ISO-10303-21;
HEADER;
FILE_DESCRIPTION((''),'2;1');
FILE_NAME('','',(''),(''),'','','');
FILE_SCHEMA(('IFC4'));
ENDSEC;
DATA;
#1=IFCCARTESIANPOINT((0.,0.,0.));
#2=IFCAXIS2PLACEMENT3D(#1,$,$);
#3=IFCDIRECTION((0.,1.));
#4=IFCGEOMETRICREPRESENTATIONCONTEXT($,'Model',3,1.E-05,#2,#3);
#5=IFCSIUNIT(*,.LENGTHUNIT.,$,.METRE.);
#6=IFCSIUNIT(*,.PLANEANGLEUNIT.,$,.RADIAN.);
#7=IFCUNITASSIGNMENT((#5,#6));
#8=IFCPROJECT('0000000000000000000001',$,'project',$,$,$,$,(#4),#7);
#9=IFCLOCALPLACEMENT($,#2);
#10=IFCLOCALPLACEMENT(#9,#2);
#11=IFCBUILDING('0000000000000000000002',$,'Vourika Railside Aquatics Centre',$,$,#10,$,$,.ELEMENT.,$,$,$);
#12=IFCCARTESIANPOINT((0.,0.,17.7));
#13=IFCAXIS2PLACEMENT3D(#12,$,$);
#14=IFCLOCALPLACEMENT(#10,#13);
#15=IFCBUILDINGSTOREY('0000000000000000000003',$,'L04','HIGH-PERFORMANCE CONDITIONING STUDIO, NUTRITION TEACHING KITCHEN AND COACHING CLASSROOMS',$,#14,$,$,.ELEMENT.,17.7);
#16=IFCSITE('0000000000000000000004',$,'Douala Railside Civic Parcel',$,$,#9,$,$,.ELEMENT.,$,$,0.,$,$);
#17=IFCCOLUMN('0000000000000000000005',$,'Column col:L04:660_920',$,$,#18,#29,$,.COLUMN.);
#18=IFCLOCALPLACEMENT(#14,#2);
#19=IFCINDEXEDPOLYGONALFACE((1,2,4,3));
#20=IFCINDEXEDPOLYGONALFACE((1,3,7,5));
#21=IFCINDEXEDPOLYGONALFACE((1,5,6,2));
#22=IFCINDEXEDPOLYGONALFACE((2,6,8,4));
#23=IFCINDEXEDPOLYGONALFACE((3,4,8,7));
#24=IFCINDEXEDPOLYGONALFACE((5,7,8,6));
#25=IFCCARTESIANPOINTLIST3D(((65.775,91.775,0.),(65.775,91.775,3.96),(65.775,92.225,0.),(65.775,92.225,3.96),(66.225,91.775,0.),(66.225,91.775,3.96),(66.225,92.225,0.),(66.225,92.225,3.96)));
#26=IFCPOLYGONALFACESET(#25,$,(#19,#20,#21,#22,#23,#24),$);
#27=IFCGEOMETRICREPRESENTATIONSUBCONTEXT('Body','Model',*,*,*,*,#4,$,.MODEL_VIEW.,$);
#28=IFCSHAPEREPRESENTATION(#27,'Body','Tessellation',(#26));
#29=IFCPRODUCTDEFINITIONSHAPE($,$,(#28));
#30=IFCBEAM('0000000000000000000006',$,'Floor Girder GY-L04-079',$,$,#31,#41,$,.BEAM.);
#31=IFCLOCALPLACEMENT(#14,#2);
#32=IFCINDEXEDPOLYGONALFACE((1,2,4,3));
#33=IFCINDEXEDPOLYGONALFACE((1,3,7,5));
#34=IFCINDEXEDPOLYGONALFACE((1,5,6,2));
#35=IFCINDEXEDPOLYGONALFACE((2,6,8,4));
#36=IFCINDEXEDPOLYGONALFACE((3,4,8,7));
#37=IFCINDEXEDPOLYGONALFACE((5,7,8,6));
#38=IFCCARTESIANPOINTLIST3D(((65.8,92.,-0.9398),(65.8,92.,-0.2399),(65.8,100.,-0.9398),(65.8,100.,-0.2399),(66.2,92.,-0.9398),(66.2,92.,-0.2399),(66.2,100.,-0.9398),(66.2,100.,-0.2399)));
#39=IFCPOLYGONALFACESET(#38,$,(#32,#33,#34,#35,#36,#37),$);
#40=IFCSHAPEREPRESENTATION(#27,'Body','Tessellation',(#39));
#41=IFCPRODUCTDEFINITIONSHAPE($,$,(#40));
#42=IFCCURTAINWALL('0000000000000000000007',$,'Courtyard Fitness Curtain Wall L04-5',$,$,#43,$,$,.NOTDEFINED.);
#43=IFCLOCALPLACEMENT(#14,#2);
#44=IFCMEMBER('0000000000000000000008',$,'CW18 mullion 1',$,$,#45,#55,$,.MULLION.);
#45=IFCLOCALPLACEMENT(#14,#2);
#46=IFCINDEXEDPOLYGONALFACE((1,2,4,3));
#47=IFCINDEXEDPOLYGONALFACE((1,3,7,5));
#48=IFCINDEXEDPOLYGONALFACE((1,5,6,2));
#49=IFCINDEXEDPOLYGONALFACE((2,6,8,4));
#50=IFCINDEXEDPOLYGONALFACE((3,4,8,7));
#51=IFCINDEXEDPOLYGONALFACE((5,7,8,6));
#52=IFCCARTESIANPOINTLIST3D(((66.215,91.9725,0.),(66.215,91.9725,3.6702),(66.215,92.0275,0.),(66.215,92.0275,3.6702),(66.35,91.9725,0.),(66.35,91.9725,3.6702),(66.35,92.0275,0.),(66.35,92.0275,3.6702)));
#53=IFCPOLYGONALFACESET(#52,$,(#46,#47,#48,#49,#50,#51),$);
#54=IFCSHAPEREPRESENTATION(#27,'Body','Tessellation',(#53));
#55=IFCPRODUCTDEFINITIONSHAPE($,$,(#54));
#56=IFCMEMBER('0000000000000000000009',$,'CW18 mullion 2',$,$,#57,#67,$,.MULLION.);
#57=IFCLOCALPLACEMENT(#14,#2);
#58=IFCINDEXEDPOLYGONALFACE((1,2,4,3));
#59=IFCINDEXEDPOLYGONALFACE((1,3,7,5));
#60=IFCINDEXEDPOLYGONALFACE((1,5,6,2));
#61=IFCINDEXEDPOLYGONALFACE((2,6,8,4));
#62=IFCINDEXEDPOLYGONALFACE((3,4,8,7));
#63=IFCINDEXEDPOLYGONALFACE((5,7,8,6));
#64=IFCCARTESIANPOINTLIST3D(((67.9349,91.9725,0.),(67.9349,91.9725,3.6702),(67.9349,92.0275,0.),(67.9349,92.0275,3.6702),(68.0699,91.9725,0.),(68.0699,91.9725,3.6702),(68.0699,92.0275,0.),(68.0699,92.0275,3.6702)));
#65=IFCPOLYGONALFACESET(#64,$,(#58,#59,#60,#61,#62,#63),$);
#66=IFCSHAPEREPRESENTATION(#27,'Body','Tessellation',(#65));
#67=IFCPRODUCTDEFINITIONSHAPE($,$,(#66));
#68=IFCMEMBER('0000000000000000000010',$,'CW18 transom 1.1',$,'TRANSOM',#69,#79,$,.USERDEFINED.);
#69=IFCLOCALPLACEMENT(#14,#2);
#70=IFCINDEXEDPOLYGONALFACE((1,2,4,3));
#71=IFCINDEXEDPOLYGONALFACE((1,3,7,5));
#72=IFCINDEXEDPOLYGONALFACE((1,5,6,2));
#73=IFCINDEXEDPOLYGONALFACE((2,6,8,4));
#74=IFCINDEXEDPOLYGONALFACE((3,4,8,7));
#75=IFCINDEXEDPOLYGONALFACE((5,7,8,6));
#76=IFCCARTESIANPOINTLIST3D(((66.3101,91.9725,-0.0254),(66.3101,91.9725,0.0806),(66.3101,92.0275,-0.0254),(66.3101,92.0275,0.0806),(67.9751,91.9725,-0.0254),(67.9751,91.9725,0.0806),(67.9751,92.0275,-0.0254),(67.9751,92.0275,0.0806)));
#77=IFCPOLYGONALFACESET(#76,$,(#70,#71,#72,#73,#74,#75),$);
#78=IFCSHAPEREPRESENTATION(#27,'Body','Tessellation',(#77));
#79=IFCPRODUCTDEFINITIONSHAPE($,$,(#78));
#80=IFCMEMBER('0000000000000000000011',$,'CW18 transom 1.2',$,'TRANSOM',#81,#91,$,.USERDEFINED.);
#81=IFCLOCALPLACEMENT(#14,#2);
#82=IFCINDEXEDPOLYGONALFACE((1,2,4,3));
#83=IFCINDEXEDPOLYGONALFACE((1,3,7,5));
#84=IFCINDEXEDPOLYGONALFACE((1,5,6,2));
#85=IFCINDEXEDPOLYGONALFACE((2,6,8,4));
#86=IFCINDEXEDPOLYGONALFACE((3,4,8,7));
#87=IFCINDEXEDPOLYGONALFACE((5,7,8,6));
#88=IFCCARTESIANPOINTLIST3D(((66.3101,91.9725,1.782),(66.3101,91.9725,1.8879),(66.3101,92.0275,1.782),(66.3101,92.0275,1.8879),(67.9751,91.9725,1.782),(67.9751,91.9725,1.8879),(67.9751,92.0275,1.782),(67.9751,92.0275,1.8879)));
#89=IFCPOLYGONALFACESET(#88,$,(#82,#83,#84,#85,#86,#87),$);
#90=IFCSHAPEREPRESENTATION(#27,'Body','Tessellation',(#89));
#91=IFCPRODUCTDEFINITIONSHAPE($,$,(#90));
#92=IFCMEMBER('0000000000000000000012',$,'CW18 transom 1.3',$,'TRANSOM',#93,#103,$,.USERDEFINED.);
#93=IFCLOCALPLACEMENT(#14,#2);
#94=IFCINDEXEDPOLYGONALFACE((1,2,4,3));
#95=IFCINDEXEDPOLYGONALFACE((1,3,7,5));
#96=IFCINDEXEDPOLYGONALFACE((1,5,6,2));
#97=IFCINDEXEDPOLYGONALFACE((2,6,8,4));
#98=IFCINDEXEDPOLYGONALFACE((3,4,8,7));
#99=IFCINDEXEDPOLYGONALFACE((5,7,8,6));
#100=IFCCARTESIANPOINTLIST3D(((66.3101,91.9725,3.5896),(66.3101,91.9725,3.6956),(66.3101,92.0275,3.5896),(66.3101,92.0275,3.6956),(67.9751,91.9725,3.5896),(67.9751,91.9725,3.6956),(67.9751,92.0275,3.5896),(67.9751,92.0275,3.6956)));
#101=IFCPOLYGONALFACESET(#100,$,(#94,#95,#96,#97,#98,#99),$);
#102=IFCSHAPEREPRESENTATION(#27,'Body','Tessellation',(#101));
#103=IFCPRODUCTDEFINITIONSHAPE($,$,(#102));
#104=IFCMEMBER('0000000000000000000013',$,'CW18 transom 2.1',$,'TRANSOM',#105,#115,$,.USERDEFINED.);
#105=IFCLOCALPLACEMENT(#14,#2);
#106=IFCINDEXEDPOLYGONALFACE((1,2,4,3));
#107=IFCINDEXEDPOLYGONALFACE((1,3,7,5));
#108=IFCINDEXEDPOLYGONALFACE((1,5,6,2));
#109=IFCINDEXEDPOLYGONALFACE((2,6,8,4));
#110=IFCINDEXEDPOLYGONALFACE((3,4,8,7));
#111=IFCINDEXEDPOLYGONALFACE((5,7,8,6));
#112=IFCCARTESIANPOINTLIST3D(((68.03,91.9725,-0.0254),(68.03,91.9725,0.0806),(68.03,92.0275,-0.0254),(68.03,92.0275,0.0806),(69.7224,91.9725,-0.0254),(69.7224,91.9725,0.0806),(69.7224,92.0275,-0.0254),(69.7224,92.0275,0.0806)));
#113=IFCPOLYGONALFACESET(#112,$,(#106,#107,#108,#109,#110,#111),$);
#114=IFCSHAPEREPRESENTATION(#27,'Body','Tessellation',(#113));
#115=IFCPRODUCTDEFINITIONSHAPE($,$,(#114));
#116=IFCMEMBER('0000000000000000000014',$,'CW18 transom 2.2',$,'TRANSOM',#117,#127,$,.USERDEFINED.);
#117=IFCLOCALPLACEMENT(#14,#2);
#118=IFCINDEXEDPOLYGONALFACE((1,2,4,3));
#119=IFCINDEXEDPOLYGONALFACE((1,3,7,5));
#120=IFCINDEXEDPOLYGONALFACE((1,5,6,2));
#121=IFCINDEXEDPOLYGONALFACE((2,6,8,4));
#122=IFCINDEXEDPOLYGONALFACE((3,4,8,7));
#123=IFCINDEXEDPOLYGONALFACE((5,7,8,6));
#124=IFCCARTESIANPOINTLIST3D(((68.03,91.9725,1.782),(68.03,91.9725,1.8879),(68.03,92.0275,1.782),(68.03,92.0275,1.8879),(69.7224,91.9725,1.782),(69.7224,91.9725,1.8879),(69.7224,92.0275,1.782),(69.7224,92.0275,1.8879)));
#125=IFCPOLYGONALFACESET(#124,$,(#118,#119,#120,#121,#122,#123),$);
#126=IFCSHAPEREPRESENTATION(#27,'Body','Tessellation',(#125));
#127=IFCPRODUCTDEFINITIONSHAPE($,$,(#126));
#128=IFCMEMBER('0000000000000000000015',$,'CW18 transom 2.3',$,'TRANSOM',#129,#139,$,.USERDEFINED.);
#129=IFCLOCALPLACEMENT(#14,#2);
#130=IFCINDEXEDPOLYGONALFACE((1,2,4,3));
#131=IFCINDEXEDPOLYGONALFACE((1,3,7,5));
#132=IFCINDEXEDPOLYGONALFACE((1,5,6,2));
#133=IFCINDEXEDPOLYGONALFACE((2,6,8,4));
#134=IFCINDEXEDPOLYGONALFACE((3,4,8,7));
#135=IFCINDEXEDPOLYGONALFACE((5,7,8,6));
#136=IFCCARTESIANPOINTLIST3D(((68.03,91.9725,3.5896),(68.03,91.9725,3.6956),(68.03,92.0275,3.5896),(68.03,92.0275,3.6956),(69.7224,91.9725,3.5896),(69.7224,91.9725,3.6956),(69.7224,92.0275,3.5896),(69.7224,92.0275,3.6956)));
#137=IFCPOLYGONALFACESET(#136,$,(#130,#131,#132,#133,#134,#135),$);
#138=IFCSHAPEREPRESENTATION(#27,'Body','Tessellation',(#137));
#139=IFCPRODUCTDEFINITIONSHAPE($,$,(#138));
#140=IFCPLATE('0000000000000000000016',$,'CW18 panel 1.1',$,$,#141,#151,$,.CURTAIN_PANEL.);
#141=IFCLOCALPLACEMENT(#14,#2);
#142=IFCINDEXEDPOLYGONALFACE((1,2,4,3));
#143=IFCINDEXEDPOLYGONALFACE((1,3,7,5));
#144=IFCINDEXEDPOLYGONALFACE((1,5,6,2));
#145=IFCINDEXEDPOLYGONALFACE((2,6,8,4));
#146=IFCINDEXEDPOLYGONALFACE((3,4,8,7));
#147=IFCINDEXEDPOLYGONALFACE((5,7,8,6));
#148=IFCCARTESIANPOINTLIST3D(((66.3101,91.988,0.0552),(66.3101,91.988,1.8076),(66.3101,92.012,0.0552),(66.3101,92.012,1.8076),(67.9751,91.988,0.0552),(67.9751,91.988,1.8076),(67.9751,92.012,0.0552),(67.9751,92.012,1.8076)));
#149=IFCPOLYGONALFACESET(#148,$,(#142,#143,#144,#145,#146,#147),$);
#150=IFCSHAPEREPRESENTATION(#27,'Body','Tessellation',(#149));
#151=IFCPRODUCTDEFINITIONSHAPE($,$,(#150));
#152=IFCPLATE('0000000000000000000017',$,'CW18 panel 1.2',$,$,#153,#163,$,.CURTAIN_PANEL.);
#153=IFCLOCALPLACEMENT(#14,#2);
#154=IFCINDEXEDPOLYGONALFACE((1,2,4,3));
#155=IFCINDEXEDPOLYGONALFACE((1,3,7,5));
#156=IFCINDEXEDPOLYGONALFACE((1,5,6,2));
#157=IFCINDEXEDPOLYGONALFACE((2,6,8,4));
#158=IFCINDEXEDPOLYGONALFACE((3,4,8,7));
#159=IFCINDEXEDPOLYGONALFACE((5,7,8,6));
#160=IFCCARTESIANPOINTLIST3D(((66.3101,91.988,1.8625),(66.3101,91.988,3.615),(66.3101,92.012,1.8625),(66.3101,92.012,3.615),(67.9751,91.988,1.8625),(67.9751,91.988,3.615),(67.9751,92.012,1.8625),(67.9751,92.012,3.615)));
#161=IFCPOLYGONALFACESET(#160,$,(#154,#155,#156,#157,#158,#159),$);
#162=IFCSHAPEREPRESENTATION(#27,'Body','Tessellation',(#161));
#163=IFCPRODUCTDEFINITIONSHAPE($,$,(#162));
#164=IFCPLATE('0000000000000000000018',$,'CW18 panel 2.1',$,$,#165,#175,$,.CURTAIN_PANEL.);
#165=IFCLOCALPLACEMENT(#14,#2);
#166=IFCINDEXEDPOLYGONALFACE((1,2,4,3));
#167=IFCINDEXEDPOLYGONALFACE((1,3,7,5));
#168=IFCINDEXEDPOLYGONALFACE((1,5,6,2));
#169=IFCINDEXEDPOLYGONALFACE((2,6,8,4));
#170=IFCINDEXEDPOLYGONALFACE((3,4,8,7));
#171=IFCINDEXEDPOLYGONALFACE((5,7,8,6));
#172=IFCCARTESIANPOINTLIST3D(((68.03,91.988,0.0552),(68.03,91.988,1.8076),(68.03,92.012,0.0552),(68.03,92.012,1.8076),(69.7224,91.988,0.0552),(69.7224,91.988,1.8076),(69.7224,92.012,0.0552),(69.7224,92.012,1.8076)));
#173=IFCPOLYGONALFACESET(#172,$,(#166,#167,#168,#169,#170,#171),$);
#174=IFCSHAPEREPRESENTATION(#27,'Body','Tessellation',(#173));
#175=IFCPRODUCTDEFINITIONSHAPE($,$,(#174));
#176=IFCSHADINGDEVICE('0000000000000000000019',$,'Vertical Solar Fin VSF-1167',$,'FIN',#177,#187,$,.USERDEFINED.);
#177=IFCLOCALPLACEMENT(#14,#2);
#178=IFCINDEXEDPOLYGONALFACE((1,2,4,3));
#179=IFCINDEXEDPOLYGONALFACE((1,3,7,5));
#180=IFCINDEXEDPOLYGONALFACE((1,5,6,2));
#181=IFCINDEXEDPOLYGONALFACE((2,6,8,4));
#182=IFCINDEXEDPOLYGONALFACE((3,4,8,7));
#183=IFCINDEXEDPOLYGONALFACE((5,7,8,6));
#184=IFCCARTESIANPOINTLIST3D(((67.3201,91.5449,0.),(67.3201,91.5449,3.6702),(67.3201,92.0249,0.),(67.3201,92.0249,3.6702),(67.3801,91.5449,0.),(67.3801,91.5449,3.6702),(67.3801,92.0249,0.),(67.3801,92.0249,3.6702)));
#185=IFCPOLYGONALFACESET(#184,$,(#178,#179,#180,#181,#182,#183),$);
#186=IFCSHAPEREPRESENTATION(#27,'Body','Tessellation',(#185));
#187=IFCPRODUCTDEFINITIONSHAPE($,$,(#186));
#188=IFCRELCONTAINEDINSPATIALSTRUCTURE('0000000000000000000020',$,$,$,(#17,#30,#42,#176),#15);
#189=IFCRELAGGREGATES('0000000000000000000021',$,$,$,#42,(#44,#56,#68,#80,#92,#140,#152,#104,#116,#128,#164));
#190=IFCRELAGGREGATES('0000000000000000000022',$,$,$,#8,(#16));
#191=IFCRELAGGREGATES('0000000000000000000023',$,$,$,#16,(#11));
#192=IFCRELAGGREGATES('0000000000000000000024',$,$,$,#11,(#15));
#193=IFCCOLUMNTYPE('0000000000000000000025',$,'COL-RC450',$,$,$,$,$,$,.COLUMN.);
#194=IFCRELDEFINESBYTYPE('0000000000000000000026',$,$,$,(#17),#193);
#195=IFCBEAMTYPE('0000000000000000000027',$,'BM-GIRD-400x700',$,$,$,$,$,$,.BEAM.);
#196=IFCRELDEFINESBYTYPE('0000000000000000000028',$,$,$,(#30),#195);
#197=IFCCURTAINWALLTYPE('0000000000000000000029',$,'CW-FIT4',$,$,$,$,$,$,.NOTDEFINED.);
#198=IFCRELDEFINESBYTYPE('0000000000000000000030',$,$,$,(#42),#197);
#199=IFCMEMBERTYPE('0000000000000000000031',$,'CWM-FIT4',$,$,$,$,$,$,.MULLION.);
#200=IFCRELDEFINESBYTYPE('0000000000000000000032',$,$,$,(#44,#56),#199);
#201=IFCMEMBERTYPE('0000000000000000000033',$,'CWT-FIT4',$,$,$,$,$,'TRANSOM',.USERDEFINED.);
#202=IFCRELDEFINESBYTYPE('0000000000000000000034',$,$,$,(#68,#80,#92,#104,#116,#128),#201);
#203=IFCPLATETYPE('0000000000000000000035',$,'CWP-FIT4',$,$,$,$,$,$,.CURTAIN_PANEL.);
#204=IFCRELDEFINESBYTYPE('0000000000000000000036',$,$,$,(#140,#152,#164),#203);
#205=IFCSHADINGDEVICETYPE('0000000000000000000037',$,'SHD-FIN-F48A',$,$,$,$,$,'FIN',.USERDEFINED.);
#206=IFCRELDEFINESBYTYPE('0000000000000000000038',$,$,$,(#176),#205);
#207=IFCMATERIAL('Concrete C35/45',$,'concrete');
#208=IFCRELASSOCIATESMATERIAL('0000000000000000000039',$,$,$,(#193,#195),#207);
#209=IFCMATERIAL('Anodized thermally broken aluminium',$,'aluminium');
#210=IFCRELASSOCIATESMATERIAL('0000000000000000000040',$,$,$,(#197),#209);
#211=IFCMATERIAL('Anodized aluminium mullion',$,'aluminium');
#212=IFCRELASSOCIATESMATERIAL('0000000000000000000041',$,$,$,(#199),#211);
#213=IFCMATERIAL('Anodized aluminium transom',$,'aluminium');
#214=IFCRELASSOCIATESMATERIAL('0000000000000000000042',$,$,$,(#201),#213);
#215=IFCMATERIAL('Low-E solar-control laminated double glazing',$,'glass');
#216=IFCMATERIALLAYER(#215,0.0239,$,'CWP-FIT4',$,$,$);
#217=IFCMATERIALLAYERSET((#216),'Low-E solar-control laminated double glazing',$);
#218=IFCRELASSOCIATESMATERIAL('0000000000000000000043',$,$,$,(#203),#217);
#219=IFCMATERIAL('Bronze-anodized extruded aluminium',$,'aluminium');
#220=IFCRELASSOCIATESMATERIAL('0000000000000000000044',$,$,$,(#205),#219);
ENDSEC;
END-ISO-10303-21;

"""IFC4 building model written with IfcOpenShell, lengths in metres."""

from ifc_helpers import new_model, si_unit, direction, frame, origin, origin_2d, place, context, subcontext, project, spatial, rectangle, extrude, material, layer, layer_set, material_profile, profile_set, type_object, element, aggregate, save


model = new_model("IFC4")

# Units and contexts
model_context = context("Model", 3, precision=1e-05, world=origin(), true_north=direction((0.0, 1.0)))
body_context = subcontext(model_context, "Body", "Model", "MODEL_VIEW")
ifc_project = project(units=[si_unit("LENGTHUNIT", "METRE"), si_unit("PLANEANGLEUNIT", "RADIAN")], contexts=[model_context])

# Site, building, storey
site_placement = place(None, origin())
site = spatial("IfcSite", under=ifc_project, at=site_placement, Name="Douala Railside Civic Parcel", CompositionType="ELEMENT", RefElevation=0.0)
building_placement = place(site_placement, origin())
building = spatial("IfcBuilding", under=site, at=building_placement, Name="Vourika Railside Aquatics Centre", CompositionType="ELEMENT")
storey_placement = place(building_placement, frame((0.0, 0.0, 17.7)))
storey = spatial("IfcBuildingStorey", under=building, at=storey_placement, Name="L04", Description="HIGH-PERFORMANCE CONDITIONING STUDIO, NUTRITION TEACHING KITCHEN AND COACHING CLASSROOMS", CompositionType="ELEMENT", Elevation=17.7)

# Column
ifc_material_1 = material(Name="Concrete C35/45", Category="concrete")
ifc_material_profile_1 = material_profile(ifc_material_1, rectangle(XDim=0.45, YDim=0.45, at=origin_2d()), Name="RC 450x450")
ifc_profile_set_1 = profile_set([ifc_material_profile_1], Name="Concrete C35/45")
column_type = type_object("IfcColumnType", Name="COL-RC450", PredefinedType="COLUMN", material=ifc_profile_set_1)
column_placement = place(storey_placement, frame((66.0, 92.0, 0.0), z_axis=(0.0, 0.0, 1.0), x_axis=(1.0, 0.0, 0.0)))
element("IfcColumn", 1, at=column_placement, inside=storey, type_object=column_type, Name="Column col:L04:660_920", PredefinedType="COLUMN", context=body_context, shape_type="SweptSolid", body=[
    extrude(rectangle(XDim=0.45, YDim=0.45, at=origin_2d()), origin(), (0.0, 0.0, 1.0), 3.96),
])

# Beam
ifc_material_profile_2 = material_profile(ifc_material_1, rectangle(XDim=0.3999, YDim=0.7, at=origin_2d()), Name="RC 400x700")
ifc_profile_set_2 = profile_set([ifc_material_profile_2], Name="Concrete C35/45")
beam_type = type_object("IfcBeamType", Name="BM-GIRD-400x700", PredefinedType="BEAM", material=ifc_profile_set_2)
beam_placement = place(storey_placement, frame((66.0, 92.0, -0.5898), z_axis=(0.0, 1.0, 0.0), x_axis=(-1.0, 0.0, 0.0)))
element("IfcBeam", 2, at=beam_placement, inside=storey, type_object=beam_type, Name="Floor Girder GY-L04-079", PredefinedType="BEAM", context=body_context, shape_type="SweptSolid", body=[
    extrude(rectangle(XDim=0.3999, YDim=0.7, at=origin_2d()), origin(), (0.0, 0.0, 1.0), 8.0),
])

# Curtain wall, members, plates
ifc_material_2 = material(Name="Anodized thermally broken aluminium", Category="aluminium")
curtain_wall_type = type_object("IfcCurtainWallType", Name="CW-FIT4", PredefinedType="NOTDEFINED", material=ifc_material_2)
curtain_wall_placement = place(storey_placement, origin())
curtain_wall = element("IfcCurtainWall", 3, at=curtain_wall_placement, inside=storey, type_object=curtain_wall_type, Name="Courtyard Fitness Curtain Wall L04-5", PredefinedType="NOTDEFINED")
ifc_material_3 = material(Name="Anodized aluminium mullion", Category="aluminium")
ifc_material_profile_3 = material_profile(ifc_material_3, rectangle(XDim=0.0549, YDim=0.135, at=origin_2d()), Name="ALU-M 55x135")
ifc_profile_set_3 = profile_set([ifc_material_profile_3], Name="Anodized aluminium mullion")
member_type_1 = type_object("IfcMemberType", Name="CWM-FIT4", PredefinedType="MULLION", material=ifc_profile_set_3)
member_1_placement = place(storey_placement, frame((66.2825, 92.0, 0.0), z_axis=(0.0, 0.0, 1.0), x_axis=(0.0, 1.0, 0.0)))
member_1 = element("IfcMember", 4, at=member_1_placement, type_object=member_type_1, Name="CW18 mullion 1", PredefinedType="MULLION", context=body_context, shape_type="SweptSolid", body=[
    extrude(rectangle(XDim=0.0549, YDim=0.135, at=origin_2d()), origin(), (0.0, 0.0, 1.0), 3.6702),
])
member_2_placement = place(storey_placement, frame((68.0024, 92.0, 0.0), z_axis=(0.0, 0.0, 1.0), x_axis=(0.0, 1.0, 0.0)))
member_2 = element("IfcMember", 5, at=member_2_placement, type_object=member_type_1, Name="CW18 mullion 2", PredefinedType="MULLION", context=body_context, shape_type="SweptSolid", body=[
    extrude(rectangle(XDim=0.0549, YDim=0.135, at=origin_2d()), origin(), (0.0, 0.0, 1.0), 3.6702),
])
ifc_material_4 = material(Name="Anodized aluminium transom", Category="aluminium")
ifc_material_profile_4 = material_profile(ifc_material_4, rectangle(XDim=0.0549, YDim=0.106, at=origin_2d()), Name="ALU-T 55x106")
ifc_profile_set_4 = profile_set([ifc_material_profile_4], Name="Anodized aluminium transom")
member_type_2 = type_object("IfcMemberType", Name="CWT-FIT4", ElementType="TRANSOM", PredefinedType="USERDEFINED", material=ifc_profile_set_4)
member_3_placement = place(storey_placement, frame((66.3101, 92.0, 0.0276), z_axis=(1.0, 0.0, 0.0), x_axis=(0.0, 1.0, 0.0)))
member_3 = element("IfcMember", 6, at=member_3_placement, type_object=member_type_2, Name="CW18 transom 1.1", ObjectType="TRANSOM", PredefinedType="USERDEFINED", context=body_context, shape_type="SweptSolid", body=[
    extrude(rectangle(XDim=0.0549, YDim=0.106, at=origin_2d()), origin(), (0.0, 0.0, 1.0), 1.665),
])
member_4_placement = place(storey_placement, frame((66.3101, 92.0, 1.835), z_axis=(1.0, 0.0, 0.0), x_axis=(0.0, 1.0, 0.0)))
member_4 = element("IfcMember", 7, at=member_4_placement, type_object=member_type_2, Name="CW18 transom 1.2", ObjectType="TRANSOM", PredefinedType="USERDEFINED", context=body_context, shape_type="SweptSolid", body=[
    extrude(rectangle(XDim=0.0549, YDim=0.106, at=origin_2d()), origin(), (0.0, 0.0, 1.0), 1.665),
])
member_5_placement = place(storey_placement, frame((66.3101, 92.0, 3.6426), z_axis=(1.0, 0.0, 0.0), x_axis=(0.0, 1.0, 0.0)))
member_5 = element("IfcMember", 8, at=member_5_placement, type_object=member_type_2, Name="CW18 transom 1.3", ObjectType="TRANSOM", PredefinedType="USERDEFINED", context=body_context, shape_type="SweptSolid", body=[
    extrude(rectangle(XDim=0.0549, YDim=0.106, at=origin_2d()), origin(), (0.0, 0.0, 1.0), 1.665),
])
member_6_placement = place(storey_placement, frame((68.03, 92.0, 0.0276), z_axis=(1.0, 0.0, 0.0), x_axis=(0.0, 1.0, 0.0)))
member_6 = element("IfcMember", 9, at=member_6_placement, type_object=member_type_2, Name="CW18 transom 2.1", ObjectType="TRANSOM", PredefinedType="USERDEFINED", context=body_context, shape_type="SweptSolid", body=[
    extrude(rectangle(XDim=0.0549, YDim=0.106, at=origin_2d()), origin(), (0.0, 0.0, 1.0), 1.6924),
])
member_7_placement = place(storey_placement, frame((68.03, 92.0, 1.835), z_axis=(1.0, 0.0, 0.0), x_axis=(0.0, 1.0, 0.0)))
member_7 = element("IfcMember", 10, at=member_7_placement, type_object=member_type_2, Name="CW18 transom 2.2", ObjectType="TRANSOM", PredefinedType="USERDEFINED", context=body_context, shape_type="SweptSolid", body=[
    extrude(rectangle(XDim=0.0549, YDim=0.106, at=origin_2d()), origin(), (0.0, 0.0, 1.0), 1.6924),
])
member_8_placement = place(storey_placement, frame((68.03, 92.0, 3.6426), z_axis=(1.0, 0.0, 0.0), x_axis=(0.0, 1.0, 0.0)))
member_8 = element("IfcMember", 11, at=member_8_placement, type_object=member_type_2, Name="CW18 transom 2.3", ObjectType="TRANSOM", PredefinedType="USERDEFINED", context=body_context, shape_type="SweptSolid", body=[
    extrude(rectangle(XDim=0.0549, YDim=0.106, at=origin_2d()), origin(), (0.0, 0.0, 1.0), 1.6924),
])
ifc_material_5 = material(Name="Low-E solar-control laminated double glazing", Category="glass")
ifc_layer = layer(ifc_material_5, 0.0239, Name="CWP-FIT4")
ifc_layer_set = layer_set([ifc_layer], Name="Low-E solar-control laminated double glazing")
plate_type = type_object("IfcPlateType", Name="CWP-FIT4", PredefinedType="CURTAIN_PANEL", material=ifc_layer_set)
plate_1_placement = place(storey_placement, frame((67.1426, 92.0, 0.0552), z_axis=(0.0, 0.0, 1.0), x_axis=(1.0, 0.0, 0.0)))
plate_1 = element("IfcPlate", 12, at=plate_1_placement, type_object=plate_type, Name="CW18 panel 1.1", PredefinedType="CURTAIN_PANEL", context=body_context, shape_type="SweptSolid", body=[
    extrude(rectangle(XDim=1.665, YDim=0.0239, at=origin_2d()), origin(), (0.0, 0.0, 1.0), 1.7524),
])
plate_2_placement = place(storey_placement, frame((67.1426, 92.0, 1.8625), z_axis=(0.0, 0.0, 1.0), x_axis=(1.0, 0.0, 0.0)))
plate_2 = element("IfcPlate", 13, at=plate_2_placement, type_object=plate_type, Name="CW18 panel 1.2", PredefinedType="CURTAIN_PANEL", context=body_context, shape_type="SweptSolid", body=[
    extrude(rectangle(XDim=1.665, YDim=0.0239, at=origin_2d()), origin(), (0.0, 0.0, 1.0), 1.7524),
])
plate_3_placement = place(storey_placement, frame((68.8762, 92.0, 0.0552), z_axis=(0.0, 0.0, 1.0), x_axis=(1.0, 0.0, 0.0)))
plate_3 = element("IfcPlate", 14, at=plate_3_placement, type_object=plate_type, Name="CW18 panel 2.1", PredefinedType="CURTAIN_PANEL", context=body_context, shape_type="SweptSolid", body=[
    extrude(rectangle(XDim=1.6924, YDim=0.0239, at=origin_2d()), origin(), (0.0, 0.0, 1.0), 1.7524),
])
aggregate(curtain_wall, [member_1, member_2, member_3, member_4, member_5, plate_1, plate_2, member_6, member_7, member_8, plate_3])

# Shading device
ifc_material_6 = material(Name="Bronze-anodized extruded aluminium", Category="aluminium")
ifc_material_profile_5 = material_profile(ifc_material_6, rectangle(XDim=0.0601, YDim=0.48, at=origin_2d()), Name="ALU-FIN 60x480")
ifc_profile_set_5 = profile_set([ifc_material_profile_5], Name="Bronze-anodized extruded aluminium")
shading_device_type = type_object("IfcShadingDeviceType", Name="SHD-FIN-F48A", ElementType="FIN", PredefinedType="USERDEFINED", material=ifc_profile_set_5)
for number, where, z_axis, x_axis, name in (
    (15, (67.3501, 91.7849, 0.0), (0.0, 0.0, 1.0), (-1.0, 0.0, 0.0), "Vertical Solar Fin VSF-1167"),
):
    element("IfcShadingDevice", number, at=place(storey_placement, frame(where, z_axis=z_axis, x_axis=x_axis)), inside=storey, type_object=shading_device_type, Name=name, ObjectType="FIN", PredefinedType="USERDEFINED", context=body_context, shape_type="SweptSolid", body=[
        extrude(rectangle(XDim=0.0601, YDim=0.48, at=origin_2d()), origin(), (0.0, 0.0, 1.0), 3.6702),
    ])

save(model, "model.ifc")
